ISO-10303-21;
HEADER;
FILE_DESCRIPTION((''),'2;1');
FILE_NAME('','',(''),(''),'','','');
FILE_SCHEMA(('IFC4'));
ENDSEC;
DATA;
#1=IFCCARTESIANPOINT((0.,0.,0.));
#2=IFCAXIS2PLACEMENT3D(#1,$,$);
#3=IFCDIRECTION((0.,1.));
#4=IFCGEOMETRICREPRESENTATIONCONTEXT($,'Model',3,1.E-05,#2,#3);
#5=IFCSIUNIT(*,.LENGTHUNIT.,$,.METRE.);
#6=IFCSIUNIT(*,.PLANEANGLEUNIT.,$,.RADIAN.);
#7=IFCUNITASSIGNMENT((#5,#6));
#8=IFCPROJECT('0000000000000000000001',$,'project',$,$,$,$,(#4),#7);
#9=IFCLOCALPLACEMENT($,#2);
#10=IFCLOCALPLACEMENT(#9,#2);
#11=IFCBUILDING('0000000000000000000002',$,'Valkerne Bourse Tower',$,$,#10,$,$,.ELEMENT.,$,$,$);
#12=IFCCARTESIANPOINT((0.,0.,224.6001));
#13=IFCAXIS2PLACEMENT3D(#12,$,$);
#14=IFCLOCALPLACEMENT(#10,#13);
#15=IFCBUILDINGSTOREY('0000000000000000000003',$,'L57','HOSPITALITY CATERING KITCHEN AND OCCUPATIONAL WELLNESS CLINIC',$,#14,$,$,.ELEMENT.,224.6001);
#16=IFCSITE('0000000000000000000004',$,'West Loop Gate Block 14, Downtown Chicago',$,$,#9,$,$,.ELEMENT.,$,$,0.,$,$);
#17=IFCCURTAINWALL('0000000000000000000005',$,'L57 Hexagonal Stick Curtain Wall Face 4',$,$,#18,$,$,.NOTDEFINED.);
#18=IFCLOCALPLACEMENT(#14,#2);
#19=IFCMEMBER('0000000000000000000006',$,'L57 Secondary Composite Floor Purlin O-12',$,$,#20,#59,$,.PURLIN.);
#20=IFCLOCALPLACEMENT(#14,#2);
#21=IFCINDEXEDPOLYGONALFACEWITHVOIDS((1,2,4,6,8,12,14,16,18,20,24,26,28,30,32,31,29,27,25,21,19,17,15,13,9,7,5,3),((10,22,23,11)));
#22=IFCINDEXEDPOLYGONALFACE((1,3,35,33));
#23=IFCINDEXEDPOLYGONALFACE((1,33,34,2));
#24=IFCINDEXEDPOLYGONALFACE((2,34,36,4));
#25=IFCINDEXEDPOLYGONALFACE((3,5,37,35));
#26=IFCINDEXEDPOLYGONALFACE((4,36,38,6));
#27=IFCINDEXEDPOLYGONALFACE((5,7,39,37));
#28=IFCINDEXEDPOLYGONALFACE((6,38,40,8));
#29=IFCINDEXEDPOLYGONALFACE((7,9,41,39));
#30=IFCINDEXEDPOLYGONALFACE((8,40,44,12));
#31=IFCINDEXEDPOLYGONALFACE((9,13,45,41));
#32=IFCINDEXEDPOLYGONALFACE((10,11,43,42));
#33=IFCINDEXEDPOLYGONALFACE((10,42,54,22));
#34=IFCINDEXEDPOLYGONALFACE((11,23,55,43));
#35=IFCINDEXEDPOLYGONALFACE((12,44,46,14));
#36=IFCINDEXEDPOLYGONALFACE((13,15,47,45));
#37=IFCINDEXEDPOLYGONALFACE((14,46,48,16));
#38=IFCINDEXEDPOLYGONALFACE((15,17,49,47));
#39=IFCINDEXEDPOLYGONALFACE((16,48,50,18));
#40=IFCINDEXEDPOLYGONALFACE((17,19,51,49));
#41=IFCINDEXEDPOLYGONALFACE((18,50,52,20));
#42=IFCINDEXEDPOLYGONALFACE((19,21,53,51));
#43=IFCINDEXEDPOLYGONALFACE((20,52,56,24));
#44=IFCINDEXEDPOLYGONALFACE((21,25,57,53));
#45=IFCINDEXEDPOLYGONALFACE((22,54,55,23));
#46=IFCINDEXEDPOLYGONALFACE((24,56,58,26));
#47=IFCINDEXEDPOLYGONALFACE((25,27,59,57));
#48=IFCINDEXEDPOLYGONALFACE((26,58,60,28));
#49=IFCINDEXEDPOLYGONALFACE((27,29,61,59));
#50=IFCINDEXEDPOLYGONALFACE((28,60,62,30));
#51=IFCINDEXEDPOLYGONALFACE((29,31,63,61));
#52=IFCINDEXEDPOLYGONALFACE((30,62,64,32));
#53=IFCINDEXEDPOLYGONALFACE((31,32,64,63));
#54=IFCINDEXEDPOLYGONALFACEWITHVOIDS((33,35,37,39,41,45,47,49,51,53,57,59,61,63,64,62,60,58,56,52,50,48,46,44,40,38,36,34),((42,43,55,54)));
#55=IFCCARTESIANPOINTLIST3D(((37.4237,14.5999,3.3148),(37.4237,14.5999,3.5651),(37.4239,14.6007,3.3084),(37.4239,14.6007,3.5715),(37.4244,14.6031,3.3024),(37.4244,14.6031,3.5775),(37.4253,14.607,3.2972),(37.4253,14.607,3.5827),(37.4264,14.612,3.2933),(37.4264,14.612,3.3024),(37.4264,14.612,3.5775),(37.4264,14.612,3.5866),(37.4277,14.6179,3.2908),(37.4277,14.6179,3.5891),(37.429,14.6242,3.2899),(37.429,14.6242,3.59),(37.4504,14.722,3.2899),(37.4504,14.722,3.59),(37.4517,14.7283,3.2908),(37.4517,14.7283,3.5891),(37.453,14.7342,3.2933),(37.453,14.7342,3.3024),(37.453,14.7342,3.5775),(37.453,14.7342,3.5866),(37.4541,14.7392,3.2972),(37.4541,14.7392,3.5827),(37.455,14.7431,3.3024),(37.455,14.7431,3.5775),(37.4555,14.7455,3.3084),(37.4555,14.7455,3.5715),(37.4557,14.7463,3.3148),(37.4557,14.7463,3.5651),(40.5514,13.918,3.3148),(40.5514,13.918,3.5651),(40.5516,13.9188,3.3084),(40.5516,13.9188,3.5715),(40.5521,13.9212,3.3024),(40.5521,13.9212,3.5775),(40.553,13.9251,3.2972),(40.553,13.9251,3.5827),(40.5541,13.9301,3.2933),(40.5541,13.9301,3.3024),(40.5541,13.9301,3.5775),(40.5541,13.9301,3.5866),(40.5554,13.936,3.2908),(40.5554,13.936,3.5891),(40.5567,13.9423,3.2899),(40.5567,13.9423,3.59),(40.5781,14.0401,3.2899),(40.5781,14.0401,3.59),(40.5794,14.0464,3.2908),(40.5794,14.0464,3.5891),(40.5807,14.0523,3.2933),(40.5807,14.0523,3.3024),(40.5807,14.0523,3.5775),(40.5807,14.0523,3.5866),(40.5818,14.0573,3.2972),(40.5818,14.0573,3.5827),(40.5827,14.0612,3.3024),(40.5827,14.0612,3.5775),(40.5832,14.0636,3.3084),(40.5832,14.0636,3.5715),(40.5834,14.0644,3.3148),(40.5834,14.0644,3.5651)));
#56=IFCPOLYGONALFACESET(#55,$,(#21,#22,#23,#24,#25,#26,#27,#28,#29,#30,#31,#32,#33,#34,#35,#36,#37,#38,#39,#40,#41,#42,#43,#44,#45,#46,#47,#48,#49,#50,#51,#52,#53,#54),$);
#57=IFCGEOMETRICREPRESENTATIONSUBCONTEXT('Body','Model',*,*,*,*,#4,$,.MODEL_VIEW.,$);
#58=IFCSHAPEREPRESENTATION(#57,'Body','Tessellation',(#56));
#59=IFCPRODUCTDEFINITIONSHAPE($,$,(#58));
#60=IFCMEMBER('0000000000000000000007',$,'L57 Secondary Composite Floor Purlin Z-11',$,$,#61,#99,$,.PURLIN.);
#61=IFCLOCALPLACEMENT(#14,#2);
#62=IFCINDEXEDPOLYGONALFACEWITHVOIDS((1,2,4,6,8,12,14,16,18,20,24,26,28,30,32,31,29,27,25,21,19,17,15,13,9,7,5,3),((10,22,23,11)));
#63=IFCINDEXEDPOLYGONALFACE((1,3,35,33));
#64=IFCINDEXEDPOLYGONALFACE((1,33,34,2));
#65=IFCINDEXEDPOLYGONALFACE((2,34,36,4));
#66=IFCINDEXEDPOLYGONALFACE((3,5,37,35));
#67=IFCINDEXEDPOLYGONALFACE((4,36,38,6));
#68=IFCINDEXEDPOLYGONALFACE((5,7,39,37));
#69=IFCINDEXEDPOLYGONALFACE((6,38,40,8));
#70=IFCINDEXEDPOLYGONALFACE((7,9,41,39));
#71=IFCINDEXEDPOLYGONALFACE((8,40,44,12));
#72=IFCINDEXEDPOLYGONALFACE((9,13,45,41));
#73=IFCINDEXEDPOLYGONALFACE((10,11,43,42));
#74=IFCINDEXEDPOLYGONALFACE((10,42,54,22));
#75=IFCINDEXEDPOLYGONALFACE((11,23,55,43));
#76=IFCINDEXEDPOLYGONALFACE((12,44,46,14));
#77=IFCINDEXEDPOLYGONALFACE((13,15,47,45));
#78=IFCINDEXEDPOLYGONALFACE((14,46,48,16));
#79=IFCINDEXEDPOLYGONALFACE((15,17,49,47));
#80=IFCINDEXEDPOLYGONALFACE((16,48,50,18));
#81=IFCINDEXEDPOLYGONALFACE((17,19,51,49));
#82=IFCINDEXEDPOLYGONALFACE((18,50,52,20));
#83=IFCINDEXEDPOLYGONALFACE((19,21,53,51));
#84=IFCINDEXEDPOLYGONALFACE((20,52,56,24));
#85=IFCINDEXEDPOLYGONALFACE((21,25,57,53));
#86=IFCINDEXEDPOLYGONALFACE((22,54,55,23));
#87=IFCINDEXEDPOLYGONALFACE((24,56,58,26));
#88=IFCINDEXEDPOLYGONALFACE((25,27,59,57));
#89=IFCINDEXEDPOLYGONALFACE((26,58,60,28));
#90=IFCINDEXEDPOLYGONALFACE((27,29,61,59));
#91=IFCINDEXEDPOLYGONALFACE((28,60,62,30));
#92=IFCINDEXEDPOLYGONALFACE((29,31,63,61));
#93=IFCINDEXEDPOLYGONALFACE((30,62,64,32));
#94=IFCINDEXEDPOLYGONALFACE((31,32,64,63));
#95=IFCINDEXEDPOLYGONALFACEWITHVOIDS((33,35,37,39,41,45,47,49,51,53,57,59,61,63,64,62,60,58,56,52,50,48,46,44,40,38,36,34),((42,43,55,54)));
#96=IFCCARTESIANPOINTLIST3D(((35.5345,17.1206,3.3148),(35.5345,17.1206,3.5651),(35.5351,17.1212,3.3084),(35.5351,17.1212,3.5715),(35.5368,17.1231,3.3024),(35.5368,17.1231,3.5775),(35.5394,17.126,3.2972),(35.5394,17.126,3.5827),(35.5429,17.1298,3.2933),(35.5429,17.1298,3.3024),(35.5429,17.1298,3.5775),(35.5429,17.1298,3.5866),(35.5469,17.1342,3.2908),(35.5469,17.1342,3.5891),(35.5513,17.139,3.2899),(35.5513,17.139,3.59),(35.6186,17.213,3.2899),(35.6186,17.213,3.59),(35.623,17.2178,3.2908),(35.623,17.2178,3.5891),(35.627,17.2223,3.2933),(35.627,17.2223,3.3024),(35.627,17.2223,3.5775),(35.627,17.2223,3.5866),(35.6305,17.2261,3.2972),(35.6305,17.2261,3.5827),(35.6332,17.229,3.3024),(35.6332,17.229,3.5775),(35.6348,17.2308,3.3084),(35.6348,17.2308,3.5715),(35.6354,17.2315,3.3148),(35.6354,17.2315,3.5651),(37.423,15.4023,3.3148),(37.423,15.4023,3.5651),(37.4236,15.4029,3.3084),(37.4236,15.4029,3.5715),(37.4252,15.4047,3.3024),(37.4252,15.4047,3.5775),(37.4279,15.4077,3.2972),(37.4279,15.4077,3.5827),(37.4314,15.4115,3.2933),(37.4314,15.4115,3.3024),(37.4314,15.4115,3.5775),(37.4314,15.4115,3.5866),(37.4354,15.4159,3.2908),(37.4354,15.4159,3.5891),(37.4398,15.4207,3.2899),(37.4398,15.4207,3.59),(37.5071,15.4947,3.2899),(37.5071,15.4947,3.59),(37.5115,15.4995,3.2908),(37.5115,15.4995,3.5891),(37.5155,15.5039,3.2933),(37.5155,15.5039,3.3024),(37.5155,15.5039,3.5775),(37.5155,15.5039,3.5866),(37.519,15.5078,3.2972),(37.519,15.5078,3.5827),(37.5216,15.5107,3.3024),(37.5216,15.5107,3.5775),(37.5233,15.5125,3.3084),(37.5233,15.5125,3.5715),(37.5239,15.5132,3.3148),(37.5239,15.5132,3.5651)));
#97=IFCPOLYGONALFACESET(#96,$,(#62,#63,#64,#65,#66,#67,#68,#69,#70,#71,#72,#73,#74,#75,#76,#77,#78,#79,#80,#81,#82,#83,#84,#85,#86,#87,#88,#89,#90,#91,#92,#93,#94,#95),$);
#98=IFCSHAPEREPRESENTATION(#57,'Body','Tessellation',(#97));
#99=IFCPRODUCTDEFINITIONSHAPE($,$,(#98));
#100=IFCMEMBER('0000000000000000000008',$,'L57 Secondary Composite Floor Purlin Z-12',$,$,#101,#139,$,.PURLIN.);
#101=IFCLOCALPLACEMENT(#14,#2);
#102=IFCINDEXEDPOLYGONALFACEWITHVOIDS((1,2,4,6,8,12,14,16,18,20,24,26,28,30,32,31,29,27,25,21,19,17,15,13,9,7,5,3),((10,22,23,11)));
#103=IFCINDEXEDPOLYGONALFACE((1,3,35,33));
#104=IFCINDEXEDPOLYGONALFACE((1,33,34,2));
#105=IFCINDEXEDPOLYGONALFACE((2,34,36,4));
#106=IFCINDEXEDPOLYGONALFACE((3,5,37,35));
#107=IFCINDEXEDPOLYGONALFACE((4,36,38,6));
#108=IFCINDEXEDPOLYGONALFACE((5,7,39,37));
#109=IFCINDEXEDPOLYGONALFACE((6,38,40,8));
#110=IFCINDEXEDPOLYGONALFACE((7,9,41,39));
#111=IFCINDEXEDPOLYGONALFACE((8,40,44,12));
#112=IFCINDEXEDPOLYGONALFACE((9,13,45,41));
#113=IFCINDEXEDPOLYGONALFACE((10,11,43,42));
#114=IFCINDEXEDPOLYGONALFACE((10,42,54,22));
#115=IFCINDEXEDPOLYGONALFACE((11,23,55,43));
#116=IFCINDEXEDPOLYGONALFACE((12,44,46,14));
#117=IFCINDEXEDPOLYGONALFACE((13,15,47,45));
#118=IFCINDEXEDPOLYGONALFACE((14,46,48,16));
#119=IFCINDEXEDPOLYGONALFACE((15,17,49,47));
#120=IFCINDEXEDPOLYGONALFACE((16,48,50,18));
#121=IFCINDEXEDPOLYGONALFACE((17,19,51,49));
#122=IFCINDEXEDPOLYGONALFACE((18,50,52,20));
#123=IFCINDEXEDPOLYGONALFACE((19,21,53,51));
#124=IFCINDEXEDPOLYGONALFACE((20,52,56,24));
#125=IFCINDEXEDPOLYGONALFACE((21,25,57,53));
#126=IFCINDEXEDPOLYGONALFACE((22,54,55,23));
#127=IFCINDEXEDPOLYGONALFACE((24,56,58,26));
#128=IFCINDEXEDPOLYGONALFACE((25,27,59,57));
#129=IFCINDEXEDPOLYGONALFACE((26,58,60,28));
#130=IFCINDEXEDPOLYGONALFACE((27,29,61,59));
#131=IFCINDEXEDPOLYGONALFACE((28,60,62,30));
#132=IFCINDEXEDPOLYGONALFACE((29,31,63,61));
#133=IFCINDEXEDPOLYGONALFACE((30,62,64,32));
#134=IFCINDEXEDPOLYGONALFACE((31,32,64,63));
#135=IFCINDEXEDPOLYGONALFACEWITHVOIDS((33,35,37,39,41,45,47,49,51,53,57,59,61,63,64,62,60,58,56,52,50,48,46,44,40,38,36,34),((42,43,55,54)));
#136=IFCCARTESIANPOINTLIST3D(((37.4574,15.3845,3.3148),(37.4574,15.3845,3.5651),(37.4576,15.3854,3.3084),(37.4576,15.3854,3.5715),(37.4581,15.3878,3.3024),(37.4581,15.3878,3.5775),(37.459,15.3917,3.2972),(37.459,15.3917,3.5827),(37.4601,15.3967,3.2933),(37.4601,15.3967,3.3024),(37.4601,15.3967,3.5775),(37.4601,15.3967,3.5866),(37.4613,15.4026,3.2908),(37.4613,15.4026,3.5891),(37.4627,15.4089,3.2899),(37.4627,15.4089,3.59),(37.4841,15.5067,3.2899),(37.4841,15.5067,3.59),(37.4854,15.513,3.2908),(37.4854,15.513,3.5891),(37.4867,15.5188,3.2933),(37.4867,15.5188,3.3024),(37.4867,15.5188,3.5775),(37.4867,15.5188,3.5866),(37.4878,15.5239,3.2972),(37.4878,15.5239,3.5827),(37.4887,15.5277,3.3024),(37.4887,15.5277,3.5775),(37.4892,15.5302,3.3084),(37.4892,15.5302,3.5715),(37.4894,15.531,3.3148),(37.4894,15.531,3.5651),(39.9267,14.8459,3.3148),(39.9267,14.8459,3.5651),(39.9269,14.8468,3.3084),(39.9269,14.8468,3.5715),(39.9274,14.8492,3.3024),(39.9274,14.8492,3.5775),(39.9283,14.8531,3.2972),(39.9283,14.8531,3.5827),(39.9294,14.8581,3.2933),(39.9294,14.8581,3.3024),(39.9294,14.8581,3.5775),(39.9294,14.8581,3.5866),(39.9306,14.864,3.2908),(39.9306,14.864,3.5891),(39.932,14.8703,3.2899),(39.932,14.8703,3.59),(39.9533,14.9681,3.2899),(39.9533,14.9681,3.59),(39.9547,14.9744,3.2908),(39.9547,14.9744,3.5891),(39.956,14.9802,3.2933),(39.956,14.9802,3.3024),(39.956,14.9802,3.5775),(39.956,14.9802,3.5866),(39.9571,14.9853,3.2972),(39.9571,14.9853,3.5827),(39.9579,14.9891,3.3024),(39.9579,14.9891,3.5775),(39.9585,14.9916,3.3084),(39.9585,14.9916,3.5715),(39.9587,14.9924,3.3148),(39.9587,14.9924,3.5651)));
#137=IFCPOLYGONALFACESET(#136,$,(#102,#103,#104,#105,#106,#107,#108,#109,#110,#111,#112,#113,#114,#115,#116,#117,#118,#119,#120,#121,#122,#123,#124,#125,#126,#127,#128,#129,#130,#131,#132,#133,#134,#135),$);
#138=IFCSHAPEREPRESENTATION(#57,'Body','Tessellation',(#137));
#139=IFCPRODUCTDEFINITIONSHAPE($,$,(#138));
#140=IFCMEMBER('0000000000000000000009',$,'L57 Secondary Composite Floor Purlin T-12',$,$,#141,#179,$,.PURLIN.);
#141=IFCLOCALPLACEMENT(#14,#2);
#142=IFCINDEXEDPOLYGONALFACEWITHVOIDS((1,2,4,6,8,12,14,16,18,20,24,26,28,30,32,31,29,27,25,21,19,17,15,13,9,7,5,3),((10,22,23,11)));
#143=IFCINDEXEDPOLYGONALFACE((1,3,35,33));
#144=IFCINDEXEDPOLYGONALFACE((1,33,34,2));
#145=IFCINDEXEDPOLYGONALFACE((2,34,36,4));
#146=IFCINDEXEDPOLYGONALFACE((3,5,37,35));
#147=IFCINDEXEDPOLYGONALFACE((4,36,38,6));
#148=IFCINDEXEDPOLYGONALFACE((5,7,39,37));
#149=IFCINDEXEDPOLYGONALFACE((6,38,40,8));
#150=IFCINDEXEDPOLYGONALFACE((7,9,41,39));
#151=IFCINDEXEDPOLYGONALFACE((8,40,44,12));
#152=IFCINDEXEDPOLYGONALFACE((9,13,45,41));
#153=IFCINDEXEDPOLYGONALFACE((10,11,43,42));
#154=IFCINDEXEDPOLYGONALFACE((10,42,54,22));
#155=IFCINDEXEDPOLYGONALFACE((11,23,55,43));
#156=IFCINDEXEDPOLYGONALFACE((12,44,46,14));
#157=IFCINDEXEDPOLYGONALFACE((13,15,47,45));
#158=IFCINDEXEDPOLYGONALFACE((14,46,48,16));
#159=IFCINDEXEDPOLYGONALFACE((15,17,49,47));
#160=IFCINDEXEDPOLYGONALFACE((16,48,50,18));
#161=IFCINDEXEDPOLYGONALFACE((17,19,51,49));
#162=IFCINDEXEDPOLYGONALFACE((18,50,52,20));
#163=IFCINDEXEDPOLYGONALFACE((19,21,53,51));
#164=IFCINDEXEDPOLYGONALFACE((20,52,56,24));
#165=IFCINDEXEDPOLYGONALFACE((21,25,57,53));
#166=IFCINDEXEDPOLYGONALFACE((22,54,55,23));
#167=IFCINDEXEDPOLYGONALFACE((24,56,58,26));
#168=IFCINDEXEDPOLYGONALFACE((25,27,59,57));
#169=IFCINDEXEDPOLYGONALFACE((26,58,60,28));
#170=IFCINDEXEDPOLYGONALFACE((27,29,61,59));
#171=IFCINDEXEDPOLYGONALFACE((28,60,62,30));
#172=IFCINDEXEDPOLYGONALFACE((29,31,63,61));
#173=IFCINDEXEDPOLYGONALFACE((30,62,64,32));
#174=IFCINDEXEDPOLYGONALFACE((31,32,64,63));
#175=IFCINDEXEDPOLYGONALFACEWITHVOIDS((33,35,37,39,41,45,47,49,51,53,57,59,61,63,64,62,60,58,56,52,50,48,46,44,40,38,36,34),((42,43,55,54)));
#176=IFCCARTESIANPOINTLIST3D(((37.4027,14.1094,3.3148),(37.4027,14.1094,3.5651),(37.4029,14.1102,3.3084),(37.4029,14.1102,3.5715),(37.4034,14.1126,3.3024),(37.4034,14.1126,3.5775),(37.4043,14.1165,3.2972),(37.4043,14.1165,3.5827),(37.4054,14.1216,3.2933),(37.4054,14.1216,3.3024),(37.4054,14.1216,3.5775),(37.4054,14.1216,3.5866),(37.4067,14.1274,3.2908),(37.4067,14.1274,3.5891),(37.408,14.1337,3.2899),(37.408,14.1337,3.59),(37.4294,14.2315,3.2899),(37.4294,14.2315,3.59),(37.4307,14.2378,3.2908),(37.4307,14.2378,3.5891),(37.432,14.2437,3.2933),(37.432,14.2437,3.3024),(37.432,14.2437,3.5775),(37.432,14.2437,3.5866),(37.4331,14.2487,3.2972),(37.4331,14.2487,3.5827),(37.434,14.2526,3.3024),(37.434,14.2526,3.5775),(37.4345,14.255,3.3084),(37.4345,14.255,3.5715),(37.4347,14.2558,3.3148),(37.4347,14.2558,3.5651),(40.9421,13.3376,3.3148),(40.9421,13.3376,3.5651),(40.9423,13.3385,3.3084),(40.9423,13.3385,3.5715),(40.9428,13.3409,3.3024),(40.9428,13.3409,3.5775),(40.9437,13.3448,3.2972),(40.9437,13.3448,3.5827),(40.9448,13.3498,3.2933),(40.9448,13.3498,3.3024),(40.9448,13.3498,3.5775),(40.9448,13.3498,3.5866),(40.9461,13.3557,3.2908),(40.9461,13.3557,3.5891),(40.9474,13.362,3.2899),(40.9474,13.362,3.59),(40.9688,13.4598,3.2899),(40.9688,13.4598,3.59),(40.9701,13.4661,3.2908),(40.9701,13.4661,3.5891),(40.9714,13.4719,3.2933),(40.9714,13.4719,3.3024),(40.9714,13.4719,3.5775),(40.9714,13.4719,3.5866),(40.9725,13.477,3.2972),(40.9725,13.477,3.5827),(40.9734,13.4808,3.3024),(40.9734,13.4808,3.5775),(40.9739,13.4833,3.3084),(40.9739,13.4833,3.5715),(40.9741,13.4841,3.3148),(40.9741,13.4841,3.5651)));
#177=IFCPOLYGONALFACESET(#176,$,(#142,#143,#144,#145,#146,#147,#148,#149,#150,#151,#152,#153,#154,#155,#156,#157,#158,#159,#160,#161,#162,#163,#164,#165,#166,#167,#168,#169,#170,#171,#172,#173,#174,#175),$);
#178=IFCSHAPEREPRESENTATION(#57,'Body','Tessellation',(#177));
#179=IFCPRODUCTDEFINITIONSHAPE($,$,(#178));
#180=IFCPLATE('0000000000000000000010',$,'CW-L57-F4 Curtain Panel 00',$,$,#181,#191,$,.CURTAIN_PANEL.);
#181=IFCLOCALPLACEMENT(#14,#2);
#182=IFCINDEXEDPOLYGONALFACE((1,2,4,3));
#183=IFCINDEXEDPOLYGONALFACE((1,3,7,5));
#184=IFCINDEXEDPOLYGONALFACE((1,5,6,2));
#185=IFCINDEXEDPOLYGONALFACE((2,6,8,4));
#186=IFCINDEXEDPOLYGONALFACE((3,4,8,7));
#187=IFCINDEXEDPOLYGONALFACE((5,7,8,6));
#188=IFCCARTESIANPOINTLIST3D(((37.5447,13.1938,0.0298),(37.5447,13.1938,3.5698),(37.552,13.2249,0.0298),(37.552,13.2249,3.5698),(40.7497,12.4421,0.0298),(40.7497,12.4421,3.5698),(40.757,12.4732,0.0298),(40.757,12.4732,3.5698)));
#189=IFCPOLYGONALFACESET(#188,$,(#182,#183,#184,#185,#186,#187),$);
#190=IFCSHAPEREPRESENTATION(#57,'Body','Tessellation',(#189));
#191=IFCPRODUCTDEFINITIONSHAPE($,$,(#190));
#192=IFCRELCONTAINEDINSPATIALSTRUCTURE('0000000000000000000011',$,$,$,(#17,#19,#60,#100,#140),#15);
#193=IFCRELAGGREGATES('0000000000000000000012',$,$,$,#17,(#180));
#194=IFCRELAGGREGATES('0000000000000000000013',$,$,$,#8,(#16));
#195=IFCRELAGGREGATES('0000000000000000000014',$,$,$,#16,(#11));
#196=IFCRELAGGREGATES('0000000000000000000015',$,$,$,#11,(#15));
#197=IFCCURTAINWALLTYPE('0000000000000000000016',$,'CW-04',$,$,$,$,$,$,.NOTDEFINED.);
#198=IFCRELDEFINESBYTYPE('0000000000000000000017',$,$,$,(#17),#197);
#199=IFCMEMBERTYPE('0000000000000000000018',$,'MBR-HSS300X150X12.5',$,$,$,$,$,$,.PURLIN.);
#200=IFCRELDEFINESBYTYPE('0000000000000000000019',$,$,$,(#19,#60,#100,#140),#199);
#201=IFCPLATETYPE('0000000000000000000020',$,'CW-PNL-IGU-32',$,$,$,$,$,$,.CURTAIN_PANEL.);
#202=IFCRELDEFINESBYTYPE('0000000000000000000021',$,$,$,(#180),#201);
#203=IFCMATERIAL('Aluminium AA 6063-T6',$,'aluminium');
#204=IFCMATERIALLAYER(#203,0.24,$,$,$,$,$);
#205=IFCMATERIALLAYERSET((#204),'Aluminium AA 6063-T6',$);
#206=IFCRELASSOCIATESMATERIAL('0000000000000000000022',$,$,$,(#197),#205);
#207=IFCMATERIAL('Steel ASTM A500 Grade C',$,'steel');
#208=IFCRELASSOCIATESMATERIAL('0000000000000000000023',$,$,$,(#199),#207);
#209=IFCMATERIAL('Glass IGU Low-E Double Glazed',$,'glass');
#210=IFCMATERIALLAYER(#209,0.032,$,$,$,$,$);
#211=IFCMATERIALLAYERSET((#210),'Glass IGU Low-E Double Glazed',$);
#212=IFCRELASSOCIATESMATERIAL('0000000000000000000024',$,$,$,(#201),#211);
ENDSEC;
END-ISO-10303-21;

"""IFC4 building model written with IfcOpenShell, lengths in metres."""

from ifc_helpers import new_model, si_unit, direction, frame, origin, origin_2d, place, context, subcontext, project, spatial, rectangle, hollow_rectangle, extrude, material, layer, layer_set, material_profile, profile_set, type_object, element, aggregate, save


model = new_model("IFC4")

# Units and contexts
model_context = context("Model", 3, precision=1e-05, world=origin(), true_north=direction((0.0, 1.0)))
body_context = subcontext(model_context, "Body", "Model", "MODEL_VIEW")
ifc_project = project(units=[si_unit("LENGTHUNIT", "METRE"), si_unit("PLANEANGLEUNIT", "RADIAN")], contexts=[model_context])

# Site, building, storey
site_placement = place(None, origin())
site = spatial("IfcSite", under=ifc_project, at=site_placement, Name="West Loop Gate Block 14, Downtown Chicago", CompositionType="ELEMENT", RefElevation=0.0)
building_placement = place(site_placement, origin())
building = spatial("IfcBuilding", under=site, at=building_placement, Name="Valkerne Bourse Tower", CompositionType="ELEMENT")
storey_placement = place(building_placement, frame((0.0, 0.0, 224.6001)))
storey = spatial("IfcBuildingStorey", under=building, at=storey_placement, Name="L57", Description="HOSPITALITY CATERING KITCHEN AND OCCUPATIONAL WELLNESS CLINIC", CompositionType="ELEMENT", Elevation=224.6001)

# Curtain wall
ifc_material_1 = material(Name="Aluminium AA 6063-T6", Category="aluminium")
ifc_layer_1 = layer(ifc_material_1, 0.24)
ifc_layer_set_1 = layer_set([ifc_layer_1], Name="Aluminium AA 6063-T6")
curtain_wall_type = type_object("IfcCurtainWallType", Name="CW-04", PredefinedType="NOTDEFINED", material=ifc_layer_set_1)
curtain_wall_placement = place(storey_placement, origin())
curtain_wall = element("IfcCurtainWall", 1, at=curtain_wall_placement, inside=storey, type_object=curtain_wall_type, Name="L57 Hexagonal Stick Curtain Wall Face 4", PredefinedType="NOTDEFINED")

# Members
ifc_material_2 = material(Name="Steel ASTM A500 Grade C", Category="steel")
ifc_material_profile_1 = material_profile(ifc_material_2, hollow_rectangle(XDim=0.1499, YDim=0.3, WallThickness=0.0125, OuterFilletRadius=0.0249, at=origin_2d()), Name="HSS300X150X12.5")
ifc_profile_set_1 = profile_set([ifc_material_profile_1], Name="Steel ASTM A500 Grade C")
member_type_1 = type_object("IfcMemberType", Name="MBR-HSS300X150X12.5", PredefinedType="PURLIN", material=ifc_profile_set_1)
member_1_placement = place(storey_placement, frame((37.4397, 14.6731, 3.4399), z_axis=(0.97705, -0.213012, 0.0), x_axis=(0.213012, 0.97705, 0.0)))
element("IfcMember", 2, at=member_1_placement, inside=storey, type_object=member_type_1, Name="L57 Secondary Composite Floor Purlin O-12", PredefinedType="PURLIN", context=body_context, shape_type="SweptSolid", body=[
    extrude(hollow_rectangle(XDim=0.1499, YDim=0.3, WallThickness=0.0125, OuterFilletRadius=0.0249, at=origin_2d()), origin(), (0.0, 0.0, 1.0), 3.2012),
])
member_2_placement = place(storey_placement, frame((35.585, 17.176, 3.4399), z_axis=(0.739646, -0.672996, 0.0), x_axis=(0.672996, 0.739646, 0.0)))
element("IfcMember", 3, at=member_2_placement, inside=storey, type_object=member_type_1, Name="L57 Secondary Composite Floor Purlin Z-11", PredefinedType="PURLIN", context=body_context, shape_type="SweptSolid", body=[
    extrude(hollow_rectangle(XDim=0.1499, YDim=0.3, WallThickness=0.0125, OuterFilletRadius=0.0249, at=origin_2d()), origin(), (0.0, 0.0, 1.0), 2.5532),
])
member_3_placement = place(storey_placement, frame((37.4734, 15.4578, 3.4399), z_axis=(0.97703, -0.213103, 0.0), x_axis=(0.213103, 0.97703, 0.0)))
element("IfcMember", 4, at=member_3_placement, inside=storey, type_object=member_type_1, Name="L57 Secondary Composite Floor Purlin Z-12", PredefinedType="PURLIN", context=body_context, shape_type="SweptSolid", body=[
    extrude(hollow_rectangle(XDim=0.1499, YDim=0.3, WallThickness=0.0125, OuterFilletRadius=0.0249, at=origin_2d()), origin(), (0.0, 0.0, 1.0), 2.5273),
])
member_4_placement = place(storey_placement, frame((37.4187, 14.1826, 3.4399), z_axis=(0.977044, -0.21304, 0.0), x_axis=(0.21304, 0.977044, 0.0)))
element("IfcMember", 5, at=member_4_placement, inside=storey, type_object=member_type_1, Name="L57 Secondary Composite Floor Purlin T-12", PredefinedType="PURLIN", context=body_context, shape_type="SweptSolid", body=[
    extrude(hollow_rectangle(XDim=0.1499, YDim=0.3, WallThickness=0.0125, OuterFilletRadius=0.0249, at=origin_2d()), origin(), (0.0, 0.0, 1.0), 3.6226),
])

# Plate
ifc_material_3 = material(Name="Glass IGU Low-E Double Glazed", Category="glass")
ifc_layer_2 = layer(ifc_material_3, 0.032)
ifc_layer_set_2 = layer_set([ifc_layer_2], Name="Glass IGU Low-E Double Glazed")
plate_type = type_object("IfcPlateType", Name="CW-PNL-IGU-32", PredefinedType="CURTAIN_PANEL", material=ifc_layer_set_2)
plate_placement = place(storey_placement, frame((39.1509, 12.8335, 0.0298), z_axis=(0.0, 0.0, 1.0), x_axis=(0.973579, -0.228349, 0.0)))
plate = element("IfcPlate", 6, at=plate_placement, type_object=plate_type, Name="CW-L57-F4 Curtain Panel 00", PredefinedType="CURTAIN_PANEL", context=body_context, shape_type="SweptSolid", body=[
    extrude(rectangle(XDim=3.292, YDim=0.032, at=origin_2d()), origin(), (0.0, 0.0, 1.0), 3.54),
])
aggregate(curtain_wall, [plate])

save(model, "model.ifc")
